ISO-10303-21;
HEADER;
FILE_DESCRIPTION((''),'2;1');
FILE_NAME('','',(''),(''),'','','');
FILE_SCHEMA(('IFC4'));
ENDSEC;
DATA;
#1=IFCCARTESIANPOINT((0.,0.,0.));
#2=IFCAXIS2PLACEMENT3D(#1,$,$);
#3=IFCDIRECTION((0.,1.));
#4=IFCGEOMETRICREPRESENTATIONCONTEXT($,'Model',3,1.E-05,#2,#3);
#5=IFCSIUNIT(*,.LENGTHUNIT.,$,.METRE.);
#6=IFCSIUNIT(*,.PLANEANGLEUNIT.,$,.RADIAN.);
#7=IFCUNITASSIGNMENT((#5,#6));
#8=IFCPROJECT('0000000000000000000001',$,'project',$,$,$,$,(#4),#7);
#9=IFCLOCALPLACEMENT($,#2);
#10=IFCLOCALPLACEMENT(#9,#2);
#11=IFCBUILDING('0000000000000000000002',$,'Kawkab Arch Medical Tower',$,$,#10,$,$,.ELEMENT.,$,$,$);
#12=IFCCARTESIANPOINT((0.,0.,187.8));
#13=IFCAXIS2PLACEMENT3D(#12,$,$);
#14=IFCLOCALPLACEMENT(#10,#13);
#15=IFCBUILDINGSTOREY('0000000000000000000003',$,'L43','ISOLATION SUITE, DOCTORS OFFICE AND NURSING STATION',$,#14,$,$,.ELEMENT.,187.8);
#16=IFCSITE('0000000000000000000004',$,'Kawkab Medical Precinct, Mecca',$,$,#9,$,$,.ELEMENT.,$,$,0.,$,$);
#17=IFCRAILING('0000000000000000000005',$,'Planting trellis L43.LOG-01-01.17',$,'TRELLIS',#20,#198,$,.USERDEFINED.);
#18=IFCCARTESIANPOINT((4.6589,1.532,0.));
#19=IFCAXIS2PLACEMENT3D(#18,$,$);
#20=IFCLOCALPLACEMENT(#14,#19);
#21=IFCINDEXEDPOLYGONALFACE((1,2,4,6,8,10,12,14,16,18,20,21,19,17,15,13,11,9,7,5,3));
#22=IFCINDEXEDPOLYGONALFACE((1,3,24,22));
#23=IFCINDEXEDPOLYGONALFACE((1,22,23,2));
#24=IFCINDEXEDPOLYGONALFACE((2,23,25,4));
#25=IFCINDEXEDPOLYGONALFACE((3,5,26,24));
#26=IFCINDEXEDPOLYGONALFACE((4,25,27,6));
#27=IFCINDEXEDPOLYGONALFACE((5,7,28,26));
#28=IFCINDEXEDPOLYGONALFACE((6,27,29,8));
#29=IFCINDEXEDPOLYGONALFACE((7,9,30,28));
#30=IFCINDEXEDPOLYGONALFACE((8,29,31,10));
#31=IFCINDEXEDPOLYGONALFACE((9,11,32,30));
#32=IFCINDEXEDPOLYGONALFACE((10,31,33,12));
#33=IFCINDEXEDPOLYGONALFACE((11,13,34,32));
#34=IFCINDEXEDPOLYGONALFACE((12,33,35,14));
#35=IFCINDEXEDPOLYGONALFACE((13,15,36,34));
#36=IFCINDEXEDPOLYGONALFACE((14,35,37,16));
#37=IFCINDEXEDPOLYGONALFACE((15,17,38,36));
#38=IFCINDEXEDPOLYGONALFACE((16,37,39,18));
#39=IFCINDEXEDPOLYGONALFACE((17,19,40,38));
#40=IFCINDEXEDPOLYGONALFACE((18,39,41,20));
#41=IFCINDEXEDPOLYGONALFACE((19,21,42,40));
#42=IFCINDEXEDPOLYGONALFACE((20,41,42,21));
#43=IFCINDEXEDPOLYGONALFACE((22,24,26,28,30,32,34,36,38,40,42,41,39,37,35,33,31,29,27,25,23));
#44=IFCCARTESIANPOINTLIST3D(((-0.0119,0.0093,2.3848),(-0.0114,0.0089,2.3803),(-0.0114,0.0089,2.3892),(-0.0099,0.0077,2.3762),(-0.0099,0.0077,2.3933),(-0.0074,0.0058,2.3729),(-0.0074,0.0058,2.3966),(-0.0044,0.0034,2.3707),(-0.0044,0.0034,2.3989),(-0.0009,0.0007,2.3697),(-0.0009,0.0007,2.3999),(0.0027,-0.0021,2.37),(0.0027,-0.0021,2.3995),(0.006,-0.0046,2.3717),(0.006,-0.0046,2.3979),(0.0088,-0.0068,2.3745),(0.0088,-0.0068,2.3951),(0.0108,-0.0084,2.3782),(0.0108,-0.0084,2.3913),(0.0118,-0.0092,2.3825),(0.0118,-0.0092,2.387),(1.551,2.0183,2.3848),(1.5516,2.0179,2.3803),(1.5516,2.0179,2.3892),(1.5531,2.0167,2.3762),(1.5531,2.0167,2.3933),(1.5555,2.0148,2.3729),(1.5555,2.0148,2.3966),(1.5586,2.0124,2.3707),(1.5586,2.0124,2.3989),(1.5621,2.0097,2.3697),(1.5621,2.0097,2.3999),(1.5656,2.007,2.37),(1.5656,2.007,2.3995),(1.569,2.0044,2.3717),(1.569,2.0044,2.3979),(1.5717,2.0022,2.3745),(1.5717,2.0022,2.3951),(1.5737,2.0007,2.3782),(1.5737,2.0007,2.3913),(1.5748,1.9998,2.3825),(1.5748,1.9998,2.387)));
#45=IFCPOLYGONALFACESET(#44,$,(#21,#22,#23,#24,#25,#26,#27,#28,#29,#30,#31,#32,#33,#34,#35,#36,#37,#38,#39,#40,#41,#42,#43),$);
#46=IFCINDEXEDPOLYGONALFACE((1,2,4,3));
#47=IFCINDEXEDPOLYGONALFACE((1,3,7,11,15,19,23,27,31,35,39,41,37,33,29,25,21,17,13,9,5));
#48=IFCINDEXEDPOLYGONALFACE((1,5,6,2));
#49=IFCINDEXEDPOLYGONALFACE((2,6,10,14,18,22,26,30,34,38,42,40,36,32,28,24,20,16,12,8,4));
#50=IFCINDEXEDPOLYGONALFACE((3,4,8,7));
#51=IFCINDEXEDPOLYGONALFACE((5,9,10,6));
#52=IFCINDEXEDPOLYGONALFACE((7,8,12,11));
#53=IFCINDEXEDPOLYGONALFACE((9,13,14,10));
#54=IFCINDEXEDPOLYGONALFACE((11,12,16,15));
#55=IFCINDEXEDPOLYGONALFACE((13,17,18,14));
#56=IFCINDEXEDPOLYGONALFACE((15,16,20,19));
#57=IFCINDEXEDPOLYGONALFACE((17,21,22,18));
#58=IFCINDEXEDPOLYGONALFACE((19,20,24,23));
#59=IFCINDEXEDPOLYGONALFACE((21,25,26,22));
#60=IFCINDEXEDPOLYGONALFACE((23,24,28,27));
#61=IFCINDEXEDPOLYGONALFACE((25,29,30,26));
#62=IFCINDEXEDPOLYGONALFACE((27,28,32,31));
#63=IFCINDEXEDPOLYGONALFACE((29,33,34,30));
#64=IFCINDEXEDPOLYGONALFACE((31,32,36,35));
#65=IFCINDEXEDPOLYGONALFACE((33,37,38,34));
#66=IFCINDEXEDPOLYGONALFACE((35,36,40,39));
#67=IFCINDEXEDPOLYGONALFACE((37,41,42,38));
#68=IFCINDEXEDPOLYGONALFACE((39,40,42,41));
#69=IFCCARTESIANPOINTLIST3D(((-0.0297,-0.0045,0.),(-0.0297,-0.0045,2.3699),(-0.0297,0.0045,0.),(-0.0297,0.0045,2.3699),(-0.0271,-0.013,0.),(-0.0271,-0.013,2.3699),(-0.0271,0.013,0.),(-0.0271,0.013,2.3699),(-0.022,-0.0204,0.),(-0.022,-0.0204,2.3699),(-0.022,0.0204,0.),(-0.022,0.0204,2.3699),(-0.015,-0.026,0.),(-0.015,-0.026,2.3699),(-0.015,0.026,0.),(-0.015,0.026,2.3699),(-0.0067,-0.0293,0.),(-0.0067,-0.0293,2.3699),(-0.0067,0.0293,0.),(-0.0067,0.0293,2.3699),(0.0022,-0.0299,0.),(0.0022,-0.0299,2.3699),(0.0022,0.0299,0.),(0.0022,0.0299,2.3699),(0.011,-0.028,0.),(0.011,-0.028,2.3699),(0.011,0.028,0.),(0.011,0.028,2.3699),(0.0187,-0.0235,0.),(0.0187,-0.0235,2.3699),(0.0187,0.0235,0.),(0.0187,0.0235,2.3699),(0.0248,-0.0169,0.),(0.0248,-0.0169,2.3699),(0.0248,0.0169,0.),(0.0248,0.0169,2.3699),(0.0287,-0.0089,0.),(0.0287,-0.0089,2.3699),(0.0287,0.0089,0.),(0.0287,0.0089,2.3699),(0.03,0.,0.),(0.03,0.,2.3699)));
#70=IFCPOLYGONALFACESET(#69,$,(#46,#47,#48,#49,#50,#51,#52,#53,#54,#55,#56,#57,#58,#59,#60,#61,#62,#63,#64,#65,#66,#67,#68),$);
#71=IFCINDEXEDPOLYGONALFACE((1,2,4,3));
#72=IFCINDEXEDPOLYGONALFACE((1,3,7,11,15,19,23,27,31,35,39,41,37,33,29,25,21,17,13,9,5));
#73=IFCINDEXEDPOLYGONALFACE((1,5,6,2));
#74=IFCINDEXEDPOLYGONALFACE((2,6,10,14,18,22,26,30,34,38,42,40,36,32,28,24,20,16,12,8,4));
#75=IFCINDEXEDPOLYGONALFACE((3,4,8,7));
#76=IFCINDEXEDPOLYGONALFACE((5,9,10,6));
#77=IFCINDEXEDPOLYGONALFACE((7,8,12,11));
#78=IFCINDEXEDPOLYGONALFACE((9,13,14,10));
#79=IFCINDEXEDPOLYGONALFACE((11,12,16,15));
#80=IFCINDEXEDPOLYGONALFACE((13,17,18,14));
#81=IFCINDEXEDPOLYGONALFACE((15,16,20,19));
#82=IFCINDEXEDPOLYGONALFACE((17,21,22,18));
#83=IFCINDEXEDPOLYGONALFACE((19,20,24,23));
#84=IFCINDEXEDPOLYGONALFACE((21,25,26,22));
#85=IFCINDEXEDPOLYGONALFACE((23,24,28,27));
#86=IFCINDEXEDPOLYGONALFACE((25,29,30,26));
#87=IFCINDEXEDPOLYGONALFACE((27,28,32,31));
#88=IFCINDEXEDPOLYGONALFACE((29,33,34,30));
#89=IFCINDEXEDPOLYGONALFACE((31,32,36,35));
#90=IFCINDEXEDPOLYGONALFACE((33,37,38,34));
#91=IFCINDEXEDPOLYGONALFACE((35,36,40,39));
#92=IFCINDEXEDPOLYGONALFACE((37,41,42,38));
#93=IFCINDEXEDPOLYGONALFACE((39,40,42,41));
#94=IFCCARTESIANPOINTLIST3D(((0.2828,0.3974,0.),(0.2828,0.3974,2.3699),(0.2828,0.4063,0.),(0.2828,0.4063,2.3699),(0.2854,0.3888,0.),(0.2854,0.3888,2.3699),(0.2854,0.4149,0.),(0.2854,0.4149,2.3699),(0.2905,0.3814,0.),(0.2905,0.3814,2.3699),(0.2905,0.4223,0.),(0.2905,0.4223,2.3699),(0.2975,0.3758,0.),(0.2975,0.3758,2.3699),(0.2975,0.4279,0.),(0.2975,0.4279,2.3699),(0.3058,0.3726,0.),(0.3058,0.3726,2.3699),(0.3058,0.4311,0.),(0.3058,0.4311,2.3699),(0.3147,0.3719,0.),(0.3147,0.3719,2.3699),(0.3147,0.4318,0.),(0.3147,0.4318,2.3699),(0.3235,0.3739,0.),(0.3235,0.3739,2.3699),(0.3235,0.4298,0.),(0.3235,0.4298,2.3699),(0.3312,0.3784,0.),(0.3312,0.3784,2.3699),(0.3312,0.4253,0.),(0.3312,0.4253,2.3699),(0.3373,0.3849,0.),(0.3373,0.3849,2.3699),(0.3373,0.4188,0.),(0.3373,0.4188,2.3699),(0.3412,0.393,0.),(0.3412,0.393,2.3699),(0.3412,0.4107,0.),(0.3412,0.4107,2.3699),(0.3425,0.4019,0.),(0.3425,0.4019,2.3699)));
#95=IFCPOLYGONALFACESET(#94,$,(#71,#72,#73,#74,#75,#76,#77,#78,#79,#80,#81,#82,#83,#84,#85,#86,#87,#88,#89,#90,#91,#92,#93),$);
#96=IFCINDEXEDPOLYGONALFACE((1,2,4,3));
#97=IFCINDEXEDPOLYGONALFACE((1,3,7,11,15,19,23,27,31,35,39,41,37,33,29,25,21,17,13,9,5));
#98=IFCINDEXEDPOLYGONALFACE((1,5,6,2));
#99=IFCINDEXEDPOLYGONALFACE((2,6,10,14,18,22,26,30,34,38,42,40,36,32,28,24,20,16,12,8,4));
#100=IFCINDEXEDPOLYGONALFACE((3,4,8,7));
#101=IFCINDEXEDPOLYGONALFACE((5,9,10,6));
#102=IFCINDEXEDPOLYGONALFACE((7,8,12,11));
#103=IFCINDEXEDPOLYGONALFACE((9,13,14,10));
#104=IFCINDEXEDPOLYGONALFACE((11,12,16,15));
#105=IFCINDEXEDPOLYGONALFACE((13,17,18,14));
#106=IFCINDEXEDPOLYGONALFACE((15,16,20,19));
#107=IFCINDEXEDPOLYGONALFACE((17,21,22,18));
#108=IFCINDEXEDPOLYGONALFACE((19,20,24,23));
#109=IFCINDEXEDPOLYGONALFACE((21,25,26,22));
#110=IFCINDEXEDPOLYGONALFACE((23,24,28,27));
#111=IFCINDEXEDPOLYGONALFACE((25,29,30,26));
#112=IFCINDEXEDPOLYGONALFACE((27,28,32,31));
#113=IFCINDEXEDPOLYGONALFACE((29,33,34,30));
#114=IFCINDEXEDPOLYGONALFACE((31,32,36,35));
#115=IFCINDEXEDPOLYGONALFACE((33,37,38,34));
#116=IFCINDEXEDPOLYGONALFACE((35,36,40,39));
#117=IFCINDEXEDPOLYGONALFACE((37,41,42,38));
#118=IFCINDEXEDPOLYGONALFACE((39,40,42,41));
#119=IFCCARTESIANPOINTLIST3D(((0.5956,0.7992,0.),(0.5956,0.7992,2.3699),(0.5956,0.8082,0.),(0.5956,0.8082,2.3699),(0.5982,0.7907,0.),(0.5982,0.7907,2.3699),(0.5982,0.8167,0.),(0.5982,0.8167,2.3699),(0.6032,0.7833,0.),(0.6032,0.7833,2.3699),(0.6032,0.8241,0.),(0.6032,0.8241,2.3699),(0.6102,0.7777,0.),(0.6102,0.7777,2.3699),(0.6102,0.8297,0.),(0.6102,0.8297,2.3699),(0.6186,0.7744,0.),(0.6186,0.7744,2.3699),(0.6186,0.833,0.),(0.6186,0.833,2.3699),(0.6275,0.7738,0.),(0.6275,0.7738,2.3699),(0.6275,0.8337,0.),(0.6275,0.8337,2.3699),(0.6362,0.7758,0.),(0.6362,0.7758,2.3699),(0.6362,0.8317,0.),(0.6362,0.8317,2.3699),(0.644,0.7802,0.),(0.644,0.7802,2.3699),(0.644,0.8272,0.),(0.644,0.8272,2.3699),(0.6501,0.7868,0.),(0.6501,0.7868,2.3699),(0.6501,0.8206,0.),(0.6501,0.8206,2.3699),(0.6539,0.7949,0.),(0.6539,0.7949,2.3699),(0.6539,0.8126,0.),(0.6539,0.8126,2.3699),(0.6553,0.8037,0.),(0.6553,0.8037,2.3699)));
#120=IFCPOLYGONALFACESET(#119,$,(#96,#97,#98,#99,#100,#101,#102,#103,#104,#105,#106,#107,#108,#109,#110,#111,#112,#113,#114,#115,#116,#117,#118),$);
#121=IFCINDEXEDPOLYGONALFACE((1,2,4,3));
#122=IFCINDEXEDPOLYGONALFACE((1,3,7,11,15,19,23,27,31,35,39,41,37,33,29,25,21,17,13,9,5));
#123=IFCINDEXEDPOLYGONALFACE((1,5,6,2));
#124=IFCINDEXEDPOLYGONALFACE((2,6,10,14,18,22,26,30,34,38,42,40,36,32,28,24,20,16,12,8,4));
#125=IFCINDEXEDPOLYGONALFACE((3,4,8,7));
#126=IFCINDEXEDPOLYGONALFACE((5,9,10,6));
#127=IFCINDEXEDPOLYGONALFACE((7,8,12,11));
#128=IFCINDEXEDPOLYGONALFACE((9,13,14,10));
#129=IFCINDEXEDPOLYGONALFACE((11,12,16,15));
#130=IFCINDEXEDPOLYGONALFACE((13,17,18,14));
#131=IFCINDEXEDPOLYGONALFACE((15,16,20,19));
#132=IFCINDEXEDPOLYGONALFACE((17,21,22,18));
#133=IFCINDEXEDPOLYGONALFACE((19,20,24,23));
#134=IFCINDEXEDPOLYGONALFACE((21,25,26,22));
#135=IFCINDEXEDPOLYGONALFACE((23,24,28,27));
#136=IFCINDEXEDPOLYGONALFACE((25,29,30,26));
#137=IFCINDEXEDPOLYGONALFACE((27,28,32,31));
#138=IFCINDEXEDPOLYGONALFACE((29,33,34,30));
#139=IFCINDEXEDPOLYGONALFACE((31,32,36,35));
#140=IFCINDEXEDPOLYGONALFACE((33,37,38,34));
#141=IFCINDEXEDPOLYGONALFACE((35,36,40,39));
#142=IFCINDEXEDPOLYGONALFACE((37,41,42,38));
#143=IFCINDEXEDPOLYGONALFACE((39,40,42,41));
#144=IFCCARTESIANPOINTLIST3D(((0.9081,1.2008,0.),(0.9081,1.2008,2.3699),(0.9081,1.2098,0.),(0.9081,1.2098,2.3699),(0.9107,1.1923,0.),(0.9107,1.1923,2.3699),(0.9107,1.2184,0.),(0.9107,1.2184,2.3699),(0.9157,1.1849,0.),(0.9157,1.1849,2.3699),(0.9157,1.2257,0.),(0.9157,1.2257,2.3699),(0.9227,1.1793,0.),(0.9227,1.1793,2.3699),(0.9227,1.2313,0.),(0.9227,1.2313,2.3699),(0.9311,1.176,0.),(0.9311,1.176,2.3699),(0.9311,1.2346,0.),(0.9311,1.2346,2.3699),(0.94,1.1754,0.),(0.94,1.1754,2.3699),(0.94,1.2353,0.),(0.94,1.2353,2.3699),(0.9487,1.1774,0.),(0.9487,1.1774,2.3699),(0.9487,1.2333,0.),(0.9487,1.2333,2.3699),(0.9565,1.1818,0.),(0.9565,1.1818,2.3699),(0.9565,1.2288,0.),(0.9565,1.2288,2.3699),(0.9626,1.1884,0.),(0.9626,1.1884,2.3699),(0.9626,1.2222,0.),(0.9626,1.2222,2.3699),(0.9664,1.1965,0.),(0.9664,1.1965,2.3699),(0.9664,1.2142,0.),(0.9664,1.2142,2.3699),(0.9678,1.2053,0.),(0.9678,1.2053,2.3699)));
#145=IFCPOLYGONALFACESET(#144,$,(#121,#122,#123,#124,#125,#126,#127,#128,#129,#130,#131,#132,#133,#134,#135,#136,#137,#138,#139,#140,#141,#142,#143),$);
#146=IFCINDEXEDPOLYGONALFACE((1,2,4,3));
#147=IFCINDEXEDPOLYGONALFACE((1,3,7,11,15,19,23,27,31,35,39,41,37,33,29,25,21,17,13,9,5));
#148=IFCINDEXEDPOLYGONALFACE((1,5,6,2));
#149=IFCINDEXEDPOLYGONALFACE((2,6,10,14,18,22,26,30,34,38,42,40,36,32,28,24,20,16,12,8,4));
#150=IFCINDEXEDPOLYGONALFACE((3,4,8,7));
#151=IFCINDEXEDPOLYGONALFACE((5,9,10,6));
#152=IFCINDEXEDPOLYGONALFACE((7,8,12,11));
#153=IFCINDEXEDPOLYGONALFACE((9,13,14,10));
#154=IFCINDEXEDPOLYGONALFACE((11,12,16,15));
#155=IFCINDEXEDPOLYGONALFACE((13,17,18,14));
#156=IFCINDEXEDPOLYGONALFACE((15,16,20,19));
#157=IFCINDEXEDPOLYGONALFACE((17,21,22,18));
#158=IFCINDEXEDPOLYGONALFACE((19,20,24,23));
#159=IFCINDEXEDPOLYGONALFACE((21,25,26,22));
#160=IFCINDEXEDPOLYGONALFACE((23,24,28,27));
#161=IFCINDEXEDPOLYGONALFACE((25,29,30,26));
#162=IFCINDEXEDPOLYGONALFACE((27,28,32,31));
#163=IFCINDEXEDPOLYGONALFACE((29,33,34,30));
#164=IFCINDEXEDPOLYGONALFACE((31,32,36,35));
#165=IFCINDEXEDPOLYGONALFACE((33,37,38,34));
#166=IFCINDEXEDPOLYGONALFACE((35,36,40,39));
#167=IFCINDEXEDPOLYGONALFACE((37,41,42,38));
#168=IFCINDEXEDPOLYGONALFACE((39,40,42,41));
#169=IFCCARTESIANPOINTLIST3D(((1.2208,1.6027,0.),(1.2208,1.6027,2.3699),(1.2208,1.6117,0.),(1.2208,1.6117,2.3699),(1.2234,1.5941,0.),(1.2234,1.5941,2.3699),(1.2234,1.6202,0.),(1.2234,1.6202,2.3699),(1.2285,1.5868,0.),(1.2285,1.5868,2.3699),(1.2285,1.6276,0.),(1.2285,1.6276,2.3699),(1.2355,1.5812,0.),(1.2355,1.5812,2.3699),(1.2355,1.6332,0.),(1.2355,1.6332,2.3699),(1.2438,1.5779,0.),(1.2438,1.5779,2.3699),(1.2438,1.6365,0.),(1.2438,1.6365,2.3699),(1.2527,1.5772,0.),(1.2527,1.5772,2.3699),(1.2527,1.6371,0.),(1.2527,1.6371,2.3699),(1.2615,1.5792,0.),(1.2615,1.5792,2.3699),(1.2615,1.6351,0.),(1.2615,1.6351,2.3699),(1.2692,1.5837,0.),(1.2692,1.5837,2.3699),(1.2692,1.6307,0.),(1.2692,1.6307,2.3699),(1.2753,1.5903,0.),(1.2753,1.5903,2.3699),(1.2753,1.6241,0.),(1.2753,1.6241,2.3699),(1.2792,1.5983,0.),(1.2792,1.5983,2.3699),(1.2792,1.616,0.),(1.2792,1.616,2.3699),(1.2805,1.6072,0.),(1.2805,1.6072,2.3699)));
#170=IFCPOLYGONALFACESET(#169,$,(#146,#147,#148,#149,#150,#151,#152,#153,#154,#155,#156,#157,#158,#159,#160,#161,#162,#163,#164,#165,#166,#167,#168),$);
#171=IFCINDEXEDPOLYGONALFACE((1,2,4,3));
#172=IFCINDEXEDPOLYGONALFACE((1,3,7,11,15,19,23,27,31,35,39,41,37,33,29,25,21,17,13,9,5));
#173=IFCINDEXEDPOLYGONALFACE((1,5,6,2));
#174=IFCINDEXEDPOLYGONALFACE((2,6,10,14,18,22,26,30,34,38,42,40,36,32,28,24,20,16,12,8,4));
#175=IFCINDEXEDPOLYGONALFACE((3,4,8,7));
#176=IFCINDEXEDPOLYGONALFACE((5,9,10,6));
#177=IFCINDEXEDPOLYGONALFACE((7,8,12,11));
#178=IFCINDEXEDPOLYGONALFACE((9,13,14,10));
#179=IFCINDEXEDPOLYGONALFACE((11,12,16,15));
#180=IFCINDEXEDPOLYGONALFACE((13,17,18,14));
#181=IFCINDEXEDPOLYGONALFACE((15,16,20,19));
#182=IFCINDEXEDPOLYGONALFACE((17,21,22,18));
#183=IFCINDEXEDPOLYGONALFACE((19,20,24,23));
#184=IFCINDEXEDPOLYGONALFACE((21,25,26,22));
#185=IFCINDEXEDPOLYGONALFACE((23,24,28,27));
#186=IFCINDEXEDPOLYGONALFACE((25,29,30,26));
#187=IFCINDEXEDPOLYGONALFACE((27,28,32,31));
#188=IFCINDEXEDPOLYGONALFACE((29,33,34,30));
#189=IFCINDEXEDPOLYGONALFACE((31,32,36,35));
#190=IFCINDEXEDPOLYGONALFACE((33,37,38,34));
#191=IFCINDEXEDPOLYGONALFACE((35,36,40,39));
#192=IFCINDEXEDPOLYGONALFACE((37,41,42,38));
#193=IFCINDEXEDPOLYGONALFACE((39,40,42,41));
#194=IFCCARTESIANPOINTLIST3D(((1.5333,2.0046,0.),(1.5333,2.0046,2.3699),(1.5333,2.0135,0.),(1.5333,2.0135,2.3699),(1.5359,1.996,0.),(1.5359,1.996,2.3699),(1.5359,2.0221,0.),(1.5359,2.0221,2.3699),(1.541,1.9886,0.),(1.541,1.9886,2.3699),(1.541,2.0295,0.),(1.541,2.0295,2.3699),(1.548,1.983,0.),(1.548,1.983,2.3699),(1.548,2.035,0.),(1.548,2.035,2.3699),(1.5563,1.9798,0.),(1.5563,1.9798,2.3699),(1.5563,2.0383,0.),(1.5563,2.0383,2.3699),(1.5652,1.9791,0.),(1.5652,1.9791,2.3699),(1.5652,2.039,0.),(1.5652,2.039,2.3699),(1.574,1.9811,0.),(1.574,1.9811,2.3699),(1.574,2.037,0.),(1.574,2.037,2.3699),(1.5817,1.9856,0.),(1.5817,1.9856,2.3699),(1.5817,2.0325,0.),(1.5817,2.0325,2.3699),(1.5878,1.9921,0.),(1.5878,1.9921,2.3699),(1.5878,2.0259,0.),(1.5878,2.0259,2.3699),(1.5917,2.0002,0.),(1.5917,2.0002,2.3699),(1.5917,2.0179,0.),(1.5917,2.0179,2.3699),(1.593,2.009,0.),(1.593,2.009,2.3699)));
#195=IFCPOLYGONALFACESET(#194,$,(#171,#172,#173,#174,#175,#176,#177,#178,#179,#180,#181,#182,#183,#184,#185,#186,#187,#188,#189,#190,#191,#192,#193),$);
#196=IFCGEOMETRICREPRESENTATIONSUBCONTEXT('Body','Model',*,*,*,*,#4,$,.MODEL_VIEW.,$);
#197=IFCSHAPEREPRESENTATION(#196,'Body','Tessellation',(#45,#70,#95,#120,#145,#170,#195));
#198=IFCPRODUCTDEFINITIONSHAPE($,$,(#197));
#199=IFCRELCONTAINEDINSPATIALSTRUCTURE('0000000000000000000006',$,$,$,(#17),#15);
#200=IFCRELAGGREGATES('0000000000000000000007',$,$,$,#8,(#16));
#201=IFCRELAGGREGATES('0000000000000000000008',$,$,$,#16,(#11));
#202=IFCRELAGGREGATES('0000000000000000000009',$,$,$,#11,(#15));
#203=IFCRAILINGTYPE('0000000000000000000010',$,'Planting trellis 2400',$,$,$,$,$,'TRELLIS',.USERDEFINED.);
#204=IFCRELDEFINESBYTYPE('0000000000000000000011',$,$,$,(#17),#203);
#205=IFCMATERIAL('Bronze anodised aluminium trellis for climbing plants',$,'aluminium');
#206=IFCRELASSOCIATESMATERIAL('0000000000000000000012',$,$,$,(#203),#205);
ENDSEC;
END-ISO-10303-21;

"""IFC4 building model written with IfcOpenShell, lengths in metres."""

from ifc_helpers import new_model, si_unit, direction, frame, origin, origin_2d, place, context, subcontext, project, spatial, circle, extrude, material, type_object, element, save


model = new_model("IFC4")

# Units and contexts
model_context = context("Model", 3, precision=1e-05, world=origin(), true_north=direction((0.0, 1.0)))
body_context = subcontext(model_context, "Body", "Model", "MODEL_VIEW")
ifc_project = project(units=[si_unit("LENGTHUNIT", "METRE"), si_unit("PLANEANGLEUNIT", "RADIAN")], contexts=[model_context])

# Site, building, storey
site_placement = place(None, origin())
site = spatial("IfcSite", under=ifc_project, at=site_placement, Name="Kawkab Medical Precinct, Mecca", CompositionType="ELEMENT", RefElevation=0.0)
building_placement = place(site_placement, origin())
building = spatial("IfcBuilding", under=site, at=building_placement, Name="Kawkab Arch Medical Tower", CompositionType="ELEMENT")
storey_placement = place(building_placement, frame((0.0, 0.0, 187.8)))
storey = spatial("IfcBuildingStorey", under=building, at=storey_placement, Name="L43", Description="ISOLATION SUITE, DOCTORS OFFICE AND NURSING STATION", CompositionType="ELEMENT", Elevation=187.8)

# Railing
ifc_material_1 = material(Name="Bronze anodised aluminium trellis for climbing plants", Category="aluminium")
railing_type = type_object("IfcRailingType", Name="Planting trellis 2400", ElementType="TRELLIS", PredefinedType="USERDEFINED", material=ifc_material_1)
railing_1_placement = place(storey_placement, frame((4.6589, 1.532, 0.0)))
element("IfcRailing", 1, at=railing_1_placement, inside=storey, type_object=railing_type, Name="Planting trellis L43.LOG-01-01.17", ObjectType="TRELLIS", PredefinedType="USERDEFINED", context=body_context, shape_type="SweptSolid", body=[
    extrude(circle(Radius=0.0151, at=origin_2d()), frame((0.0, 0.0, 2.3848), z_axis=(0.61404, 0.789275, 0.0), x_axis=(-0.789275, 0.61404, 0.0)), (0.0, 0.0, 1.0), 2.5454),
    extrude(circle(Radius=0.03, at=origin_2d()), origin(), (0.0, 0.0, 1.0), 2.3699),
    extrude(circle(Radius=0.03, at=origin_2d()), frame((0.3125, 0.4019, 0.0)), (0.0, 0.0, 1.0), 2.3699),
    extrude(circle(Radius=0.03, at=origin_2d()), frame((0.6252, 0.8037, 0.0)), (0.0, 0.0, 1.0), 2.3699),
    extrude(circle(Radius=0.03, at=origin_2d()), frame((0.9377, 1.2053, 0.0)), (0.0, 0.0, 1.0), 2.3699),
    extrude(circle(Radius=0.03, at=origin_2d()), frame((1.2505, 1.6072, 0.0)), (0.0, 0.0, 1.0), 2.3699),
    extrude(circle(Radius=0.03, at=origin_2d()), frame((1.563, 2.009, 0.0)), (0.0, 0.0, 1.0), 2.3699),
])

save(model, "model.ifc")
